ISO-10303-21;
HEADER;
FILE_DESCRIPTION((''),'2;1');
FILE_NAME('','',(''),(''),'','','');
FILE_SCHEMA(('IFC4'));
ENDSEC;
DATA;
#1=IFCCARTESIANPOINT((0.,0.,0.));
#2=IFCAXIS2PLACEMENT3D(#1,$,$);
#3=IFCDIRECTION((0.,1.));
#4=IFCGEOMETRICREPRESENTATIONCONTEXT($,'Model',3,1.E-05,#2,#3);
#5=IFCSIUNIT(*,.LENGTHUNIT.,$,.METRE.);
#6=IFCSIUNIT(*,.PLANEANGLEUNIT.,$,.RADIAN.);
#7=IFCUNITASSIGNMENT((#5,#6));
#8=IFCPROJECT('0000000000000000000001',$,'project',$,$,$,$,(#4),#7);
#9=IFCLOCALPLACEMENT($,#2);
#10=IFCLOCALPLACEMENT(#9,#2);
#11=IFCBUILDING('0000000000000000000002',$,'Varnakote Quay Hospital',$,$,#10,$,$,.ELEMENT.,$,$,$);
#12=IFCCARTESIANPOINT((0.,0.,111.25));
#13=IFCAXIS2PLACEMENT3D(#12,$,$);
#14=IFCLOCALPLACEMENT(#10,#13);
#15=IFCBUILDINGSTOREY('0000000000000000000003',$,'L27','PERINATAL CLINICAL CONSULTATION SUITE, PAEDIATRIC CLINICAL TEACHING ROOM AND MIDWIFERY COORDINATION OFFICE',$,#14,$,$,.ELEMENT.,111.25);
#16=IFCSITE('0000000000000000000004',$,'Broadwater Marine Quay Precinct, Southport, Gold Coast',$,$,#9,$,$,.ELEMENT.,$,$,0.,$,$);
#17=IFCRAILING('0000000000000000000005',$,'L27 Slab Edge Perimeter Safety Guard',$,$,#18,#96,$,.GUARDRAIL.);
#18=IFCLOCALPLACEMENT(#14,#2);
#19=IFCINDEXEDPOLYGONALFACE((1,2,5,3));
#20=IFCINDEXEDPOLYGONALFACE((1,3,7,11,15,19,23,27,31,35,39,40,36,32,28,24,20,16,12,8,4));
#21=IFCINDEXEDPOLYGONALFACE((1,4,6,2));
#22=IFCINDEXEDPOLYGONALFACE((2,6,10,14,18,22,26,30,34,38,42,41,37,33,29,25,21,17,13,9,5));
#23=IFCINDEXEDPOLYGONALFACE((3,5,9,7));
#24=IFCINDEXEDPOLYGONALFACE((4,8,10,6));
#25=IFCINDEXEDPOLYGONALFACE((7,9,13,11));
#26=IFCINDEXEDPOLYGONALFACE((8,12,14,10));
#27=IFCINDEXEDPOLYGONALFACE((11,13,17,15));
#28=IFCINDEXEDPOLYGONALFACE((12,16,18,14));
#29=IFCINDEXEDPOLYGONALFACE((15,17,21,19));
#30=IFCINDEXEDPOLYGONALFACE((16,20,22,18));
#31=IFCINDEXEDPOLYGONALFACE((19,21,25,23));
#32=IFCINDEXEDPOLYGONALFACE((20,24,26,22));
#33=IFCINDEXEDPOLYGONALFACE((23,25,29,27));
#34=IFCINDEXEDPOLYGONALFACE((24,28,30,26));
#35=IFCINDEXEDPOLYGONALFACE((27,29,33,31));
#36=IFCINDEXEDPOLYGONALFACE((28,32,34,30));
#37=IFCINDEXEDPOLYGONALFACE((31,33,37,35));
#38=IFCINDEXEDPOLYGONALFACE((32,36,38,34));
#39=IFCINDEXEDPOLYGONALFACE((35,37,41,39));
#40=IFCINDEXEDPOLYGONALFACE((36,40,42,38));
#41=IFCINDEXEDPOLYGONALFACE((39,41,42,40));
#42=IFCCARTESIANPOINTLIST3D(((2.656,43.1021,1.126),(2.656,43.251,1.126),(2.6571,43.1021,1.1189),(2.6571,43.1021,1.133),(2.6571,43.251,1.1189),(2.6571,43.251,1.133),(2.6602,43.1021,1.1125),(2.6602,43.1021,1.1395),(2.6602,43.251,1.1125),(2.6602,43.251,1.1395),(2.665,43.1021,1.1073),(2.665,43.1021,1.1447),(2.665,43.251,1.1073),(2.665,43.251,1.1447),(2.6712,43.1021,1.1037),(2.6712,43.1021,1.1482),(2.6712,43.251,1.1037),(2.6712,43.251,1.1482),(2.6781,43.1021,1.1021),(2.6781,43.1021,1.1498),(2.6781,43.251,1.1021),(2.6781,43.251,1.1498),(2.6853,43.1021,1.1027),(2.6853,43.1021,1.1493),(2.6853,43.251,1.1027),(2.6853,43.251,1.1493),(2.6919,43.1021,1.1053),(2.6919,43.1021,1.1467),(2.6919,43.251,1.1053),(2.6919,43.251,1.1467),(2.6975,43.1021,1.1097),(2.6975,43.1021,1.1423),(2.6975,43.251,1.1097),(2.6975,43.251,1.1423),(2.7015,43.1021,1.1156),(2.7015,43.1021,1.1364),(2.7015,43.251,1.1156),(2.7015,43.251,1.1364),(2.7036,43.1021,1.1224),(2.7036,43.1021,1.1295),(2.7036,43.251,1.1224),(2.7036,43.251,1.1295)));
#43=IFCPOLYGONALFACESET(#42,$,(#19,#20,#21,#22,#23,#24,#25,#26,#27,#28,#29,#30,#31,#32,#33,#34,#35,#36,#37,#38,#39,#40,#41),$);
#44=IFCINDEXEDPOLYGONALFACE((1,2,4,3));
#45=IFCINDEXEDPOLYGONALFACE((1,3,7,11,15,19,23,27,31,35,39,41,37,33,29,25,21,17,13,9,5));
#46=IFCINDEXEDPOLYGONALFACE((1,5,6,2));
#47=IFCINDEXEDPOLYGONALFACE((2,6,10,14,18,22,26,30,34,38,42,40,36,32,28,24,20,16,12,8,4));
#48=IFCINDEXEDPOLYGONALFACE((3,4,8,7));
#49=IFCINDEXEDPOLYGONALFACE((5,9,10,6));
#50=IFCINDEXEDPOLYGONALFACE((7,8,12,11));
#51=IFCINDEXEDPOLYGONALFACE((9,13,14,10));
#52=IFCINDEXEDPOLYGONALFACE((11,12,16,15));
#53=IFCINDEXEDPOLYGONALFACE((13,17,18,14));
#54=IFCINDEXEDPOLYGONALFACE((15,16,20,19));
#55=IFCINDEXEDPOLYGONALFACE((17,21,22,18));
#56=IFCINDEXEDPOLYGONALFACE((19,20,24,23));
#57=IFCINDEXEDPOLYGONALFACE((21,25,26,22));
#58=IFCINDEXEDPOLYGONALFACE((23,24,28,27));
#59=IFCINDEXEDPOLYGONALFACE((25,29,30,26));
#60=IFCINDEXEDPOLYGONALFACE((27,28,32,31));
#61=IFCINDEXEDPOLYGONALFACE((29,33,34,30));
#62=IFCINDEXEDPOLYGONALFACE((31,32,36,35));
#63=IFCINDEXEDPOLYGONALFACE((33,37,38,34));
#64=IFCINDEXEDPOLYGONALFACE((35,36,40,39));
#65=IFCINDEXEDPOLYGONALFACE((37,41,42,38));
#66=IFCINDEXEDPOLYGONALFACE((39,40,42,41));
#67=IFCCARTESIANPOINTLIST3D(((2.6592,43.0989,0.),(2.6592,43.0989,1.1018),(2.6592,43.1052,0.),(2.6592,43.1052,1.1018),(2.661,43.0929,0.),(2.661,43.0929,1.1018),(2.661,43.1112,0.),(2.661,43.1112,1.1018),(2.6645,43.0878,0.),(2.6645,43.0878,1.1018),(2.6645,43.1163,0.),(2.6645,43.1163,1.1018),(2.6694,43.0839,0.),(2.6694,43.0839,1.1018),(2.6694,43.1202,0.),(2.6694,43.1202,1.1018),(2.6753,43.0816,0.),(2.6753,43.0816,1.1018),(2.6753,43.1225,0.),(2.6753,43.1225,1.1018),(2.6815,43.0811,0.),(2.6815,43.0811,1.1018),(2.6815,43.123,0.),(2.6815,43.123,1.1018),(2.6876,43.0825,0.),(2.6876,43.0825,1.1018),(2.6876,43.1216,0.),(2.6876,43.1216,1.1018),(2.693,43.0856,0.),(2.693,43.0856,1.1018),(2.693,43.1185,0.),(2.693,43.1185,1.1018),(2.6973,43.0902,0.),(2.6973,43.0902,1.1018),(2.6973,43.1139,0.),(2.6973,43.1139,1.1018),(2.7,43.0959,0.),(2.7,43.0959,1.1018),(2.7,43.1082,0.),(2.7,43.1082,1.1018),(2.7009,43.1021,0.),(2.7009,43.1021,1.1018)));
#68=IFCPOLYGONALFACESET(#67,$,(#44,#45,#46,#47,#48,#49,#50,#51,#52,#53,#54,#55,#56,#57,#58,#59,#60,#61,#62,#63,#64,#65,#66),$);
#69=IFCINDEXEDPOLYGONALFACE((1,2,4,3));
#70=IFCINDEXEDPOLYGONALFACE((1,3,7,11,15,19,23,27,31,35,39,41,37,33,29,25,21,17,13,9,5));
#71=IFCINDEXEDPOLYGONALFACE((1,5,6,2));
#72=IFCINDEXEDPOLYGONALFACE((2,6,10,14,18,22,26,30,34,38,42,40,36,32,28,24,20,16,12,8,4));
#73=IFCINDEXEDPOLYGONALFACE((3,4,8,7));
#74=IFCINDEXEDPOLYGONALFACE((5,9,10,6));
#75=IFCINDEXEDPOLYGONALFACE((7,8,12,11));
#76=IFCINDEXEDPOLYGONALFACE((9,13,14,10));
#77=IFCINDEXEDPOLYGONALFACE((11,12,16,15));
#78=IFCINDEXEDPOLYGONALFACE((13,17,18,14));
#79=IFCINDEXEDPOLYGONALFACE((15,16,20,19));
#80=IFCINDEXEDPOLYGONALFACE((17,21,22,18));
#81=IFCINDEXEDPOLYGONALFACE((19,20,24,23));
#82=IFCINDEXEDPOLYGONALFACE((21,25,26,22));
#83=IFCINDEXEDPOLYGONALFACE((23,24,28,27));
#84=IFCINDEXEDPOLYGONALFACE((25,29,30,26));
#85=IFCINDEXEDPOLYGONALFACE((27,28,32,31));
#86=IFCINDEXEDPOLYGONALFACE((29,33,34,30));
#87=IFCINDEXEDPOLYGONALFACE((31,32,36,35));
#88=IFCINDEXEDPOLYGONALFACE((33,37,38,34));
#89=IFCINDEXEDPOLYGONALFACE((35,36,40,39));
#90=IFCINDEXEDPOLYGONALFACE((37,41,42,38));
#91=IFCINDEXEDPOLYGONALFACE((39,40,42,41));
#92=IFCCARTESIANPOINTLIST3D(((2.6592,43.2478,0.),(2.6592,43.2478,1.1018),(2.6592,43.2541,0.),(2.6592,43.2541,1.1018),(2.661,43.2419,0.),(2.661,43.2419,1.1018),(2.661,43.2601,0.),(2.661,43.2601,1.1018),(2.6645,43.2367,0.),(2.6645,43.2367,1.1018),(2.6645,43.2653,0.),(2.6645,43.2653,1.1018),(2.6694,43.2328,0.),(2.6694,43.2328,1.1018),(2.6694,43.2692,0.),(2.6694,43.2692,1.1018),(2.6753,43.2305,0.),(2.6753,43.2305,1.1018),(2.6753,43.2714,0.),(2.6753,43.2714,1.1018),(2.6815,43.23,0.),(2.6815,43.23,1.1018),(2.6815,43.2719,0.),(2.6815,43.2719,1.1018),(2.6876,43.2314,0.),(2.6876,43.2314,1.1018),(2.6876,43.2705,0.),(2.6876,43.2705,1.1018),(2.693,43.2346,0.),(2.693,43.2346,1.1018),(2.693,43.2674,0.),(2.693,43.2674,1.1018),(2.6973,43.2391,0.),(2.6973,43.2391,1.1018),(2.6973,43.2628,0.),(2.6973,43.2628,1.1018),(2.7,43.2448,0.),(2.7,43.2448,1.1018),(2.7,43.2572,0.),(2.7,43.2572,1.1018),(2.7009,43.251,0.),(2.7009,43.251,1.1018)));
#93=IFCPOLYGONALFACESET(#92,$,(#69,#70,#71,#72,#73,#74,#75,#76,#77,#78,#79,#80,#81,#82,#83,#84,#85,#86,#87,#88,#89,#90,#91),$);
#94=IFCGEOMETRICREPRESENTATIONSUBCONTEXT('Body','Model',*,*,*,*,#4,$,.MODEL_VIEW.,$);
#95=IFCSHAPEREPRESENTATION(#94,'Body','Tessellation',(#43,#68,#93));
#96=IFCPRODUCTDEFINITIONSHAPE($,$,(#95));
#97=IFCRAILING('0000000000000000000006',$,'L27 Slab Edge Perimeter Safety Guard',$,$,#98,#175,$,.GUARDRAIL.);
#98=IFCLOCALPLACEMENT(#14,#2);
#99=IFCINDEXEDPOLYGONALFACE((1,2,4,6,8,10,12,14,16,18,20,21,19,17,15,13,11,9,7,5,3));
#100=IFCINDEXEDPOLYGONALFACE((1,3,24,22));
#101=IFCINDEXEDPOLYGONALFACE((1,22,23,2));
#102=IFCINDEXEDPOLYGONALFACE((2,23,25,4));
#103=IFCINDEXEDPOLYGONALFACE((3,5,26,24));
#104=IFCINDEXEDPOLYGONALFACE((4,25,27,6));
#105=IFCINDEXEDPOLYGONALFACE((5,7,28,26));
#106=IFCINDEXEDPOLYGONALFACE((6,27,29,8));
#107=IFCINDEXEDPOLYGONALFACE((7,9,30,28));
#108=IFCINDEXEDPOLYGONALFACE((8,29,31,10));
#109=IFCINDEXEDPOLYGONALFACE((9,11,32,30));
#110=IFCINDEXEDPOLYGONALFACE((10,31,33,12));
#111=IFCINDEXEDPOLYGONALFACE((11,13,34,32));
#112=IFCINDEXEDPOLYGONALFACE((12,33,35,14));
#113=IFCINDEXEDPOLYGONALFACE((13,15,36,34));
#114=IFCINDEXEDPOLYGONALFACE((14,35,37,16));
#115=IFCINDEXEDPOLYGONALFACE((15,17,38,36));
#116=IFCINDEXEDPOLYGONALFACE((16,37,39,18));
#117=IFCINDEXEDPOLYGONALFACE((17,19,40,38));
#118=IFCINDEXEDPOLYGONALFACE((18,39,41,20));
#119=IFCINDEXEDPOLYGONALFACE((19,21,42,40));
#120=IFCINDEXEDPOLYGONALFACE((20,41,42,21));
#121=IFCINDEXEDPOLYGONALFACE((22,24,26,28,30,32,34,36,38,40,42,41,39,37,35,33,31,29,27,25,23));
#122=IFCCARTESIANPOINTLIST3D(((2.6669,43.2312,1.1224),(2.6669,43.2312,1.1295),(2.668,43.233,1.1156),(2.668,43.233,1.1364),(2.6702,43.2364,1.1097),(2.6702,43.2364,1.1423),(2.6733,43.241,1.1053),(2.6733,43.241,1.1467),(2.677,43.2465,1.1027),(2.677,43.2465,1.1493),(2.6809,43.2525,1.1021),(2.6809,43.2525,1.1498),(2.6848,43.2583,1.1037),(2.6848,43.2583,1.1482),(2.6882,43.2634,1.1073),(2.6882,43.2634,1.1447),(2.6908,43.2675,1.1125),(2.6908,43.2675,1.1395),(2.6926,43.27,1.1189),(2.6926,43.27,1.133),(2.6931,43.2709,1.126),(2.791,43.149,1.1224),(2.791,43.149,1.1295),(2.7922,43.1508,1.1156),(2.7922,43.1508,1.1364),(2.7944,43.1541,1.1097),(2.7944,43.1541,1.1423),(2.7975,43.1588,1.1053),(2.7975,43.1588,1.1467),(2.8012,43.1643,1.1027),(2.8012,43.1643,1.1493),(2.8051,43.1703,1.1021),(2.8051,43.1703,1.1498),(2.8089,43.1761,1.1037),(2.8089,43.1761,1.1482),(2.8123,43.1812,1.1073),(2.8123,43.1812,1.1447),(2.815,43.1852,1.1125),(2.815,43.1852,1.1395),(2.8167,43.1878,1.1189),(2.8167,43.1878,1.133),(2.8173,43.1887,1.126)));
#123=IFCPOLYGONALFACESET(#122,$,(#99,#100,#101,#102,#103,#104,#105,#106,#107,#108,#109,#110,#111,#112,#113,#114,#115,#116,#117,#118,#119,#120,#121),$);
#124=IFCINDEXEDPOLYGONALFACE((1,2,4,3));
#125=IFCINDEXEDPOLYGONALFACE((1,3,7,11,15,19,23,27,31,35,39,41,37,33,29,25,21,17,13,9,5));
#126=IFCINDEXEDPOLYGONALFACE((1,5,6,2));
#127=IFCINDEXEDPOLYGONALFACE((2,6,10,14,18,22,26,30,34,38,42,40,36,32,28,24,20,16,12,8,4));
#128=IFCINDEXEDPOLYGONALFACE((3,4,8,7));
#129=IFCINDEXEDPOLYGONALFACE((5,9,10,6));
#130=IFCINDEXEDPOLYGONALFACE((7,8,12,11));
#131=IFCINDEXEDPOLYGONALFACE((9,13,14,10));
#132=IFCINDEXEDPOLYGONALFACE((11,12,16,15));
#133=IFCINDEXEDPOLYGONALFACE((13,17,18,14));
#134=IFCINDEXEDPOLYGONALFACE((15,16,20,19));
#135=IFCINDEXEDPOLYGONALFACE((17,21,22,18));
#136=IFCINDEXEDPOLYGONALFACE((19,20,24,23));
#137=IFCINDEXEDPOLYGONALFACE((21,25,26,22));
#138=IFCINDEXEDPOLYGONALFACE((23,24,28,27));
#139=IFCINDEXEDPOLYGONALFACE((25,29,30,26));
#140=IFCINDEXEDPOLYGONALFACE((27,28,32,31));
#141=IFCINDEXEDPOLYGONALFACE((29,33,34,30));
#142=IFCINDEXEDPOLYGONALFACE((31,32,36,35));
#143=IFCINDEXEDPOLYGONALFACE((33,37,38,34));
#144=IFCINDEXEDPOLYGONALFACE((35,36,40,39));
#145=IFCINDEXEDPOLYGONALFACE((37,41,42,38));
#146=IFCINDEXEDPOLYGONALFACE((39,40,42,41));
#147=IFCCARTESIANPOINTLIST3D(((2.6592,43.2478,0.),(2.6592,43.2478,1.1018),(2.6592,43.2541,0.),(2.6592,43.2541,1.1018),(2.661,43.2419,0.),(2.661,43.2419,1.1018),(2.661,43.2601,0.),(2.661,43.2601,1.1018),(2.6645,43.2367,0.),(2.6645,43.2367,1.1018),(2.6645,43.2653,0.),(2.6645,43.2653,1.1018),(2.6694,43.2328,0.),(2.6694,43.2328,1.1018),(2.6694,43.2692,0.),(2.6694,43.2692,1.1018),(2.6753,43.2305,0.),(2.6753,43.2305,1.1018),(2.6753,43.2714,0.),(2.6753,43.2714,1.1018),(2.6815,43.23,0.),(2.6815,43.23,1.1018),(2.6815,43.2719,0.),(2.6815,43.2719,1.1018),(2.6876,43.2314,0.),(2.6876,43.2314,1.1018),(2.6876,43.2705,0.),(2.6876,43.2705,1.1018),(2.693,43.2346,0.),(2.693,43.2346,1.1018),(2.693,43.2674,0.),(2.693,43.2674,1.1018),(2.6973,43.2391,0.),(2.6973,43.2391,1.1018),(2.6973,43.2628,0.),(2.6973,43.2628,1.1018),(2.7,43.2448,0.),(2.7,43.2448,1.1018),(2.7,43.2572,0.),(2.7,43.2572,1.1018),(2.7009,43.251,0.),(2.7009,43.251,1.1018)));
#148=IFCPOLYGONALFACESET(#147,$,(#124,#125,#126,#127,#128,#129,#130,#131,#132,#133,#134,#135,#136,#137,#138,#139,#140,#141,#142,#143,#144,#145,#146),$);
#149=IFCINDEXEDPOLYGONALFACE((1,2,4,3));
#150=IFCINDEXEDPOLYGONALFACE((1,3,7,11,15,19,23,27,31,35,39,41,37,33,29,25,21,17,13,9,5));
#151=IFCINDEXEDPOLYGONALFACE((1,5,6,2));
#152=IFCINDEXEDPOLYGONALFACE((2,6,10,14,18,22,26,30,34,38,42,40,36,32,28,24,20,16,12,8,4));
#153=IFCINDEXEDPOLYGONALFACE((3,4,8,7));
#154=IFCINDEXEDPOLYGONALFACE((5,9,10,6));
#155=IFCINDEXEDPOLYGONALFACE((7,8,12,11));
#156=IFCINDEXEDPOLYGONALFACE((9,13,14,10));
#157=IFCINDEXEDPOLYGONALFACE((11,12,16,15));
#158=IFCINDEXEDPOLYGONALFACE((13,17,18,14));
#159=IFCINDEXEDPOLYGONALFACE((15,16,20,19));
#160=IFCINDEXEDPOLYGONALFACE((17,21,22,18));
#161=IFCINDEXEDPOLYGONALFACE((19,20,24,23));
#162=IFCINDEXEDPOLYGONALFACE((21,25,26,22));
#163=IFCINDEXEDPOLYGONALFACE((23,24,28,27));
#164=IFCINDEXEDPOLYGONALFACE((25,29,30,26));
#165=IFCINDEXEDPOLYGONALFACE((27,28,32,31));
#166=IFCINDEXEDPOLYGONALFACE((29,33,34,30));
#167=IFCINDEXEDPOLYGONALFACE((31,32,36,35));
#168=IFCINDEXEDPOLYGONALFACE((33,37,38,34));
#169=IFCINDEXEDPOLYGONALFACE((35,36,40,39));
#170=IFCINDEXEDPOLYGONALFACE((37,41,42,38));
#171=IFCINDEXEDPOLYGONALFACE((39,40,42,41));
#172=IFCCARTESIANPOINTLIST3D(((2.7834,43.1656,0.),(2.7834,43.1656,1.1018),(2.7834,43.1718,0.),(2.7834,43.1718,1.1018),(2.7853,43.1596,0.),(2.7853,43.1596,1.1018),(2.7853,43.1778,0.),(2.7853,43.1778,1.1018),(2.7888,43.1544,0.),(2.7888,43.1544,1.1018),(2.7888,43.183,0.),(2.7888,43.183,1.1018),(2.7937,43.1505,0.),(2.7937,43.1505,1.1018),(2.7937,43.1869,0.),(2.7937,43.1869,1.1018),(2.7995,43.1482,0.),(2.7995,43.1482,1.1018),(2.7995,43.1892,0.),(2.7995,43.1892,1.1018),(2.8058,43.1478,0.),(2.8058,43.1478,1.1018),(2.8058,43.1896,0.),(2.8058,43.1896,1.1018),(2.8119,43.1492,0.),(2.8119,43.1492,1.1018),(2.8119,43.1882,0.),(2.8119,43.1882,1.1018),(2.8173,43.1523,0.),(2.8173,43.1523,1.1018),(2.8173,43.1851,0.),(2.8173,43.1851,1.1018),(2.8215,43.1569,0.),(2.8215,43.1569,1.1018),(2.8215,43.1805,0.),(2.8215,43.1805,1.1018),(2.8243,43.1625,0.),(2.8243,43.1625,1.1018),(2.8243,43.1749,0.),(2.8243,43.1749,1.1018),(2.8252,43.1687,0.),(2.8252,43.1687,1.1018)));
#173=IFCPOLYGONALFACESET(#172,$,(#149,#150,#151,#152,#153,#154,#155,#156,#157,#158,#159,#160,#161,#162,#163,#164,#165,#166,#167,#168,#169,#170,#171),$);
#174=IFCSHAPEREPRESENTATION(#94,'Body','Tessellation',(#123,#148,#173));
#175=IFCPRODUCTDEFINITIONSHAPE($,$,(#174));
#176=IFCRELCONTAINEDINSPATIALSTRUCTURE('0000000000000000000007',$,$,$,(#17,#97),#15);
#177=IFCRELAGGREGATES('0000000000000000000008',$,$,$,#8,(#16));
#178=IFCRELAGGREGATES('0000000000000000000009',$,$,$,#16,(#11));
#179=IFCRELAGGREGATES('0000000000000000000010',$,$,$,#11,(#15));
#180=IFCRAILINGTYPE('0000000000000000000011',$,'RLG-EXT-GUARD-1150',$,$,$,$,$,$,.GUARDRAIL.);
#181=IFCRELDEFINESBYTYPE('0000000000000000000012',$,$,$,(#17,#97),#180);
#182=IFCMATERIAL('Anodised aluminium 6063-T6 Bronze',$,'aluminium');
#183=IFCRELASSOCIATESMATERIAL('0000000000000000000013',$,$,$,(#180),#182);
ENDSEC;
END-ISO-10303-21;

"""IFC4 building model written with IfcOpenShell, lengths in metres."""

from ifc_helpers import new_model, si_unit, direction, frame, origin, origin_2d, place, context, subcontext, project, spatial, circle, extrude, material, type_object, element, save


model = new_model("IFC4")

# Units and contexts
model_context = context("Model", 3, precision=1e-05, world=origin(), true_north=direction((0.0, 1.0)))
body_context = subcontext(model_context, "Body", "Model", "MODEL_VIEW")
ifc_project = project(units=[si_unit("LENGTHUNIT", "METRE"), si_unit("PLANEANGLEUNIT", "RADIAN")], contexts=[model_context])

# Site, building, storey
site_placement = place(None, origin())
site = spatial("IfcSite", under=ifc_project, at=site_placement, Name="Broadwater Marine Quay Precinct, Southport, Gold Coast", CompositionType="ELEMENT", RefElevation=0.0)
building_placement = place(site_placement, origin())
building = spatial("IfcBuilding", under=site, at=building_placement, Name="Varnakote Quay Hospital", CompositionType="ELEMENT")
storey_placement = place(building_placement, frame((0.0, 0.0, 111.25)))
storey = spatial("IfcBuildingStorey", under=building, at=storey_placement, Name="L27", Description="PERINATAL CLINICAL CONSULTATION SUITE, PAEDIATRIC CLINICAL TEACHING ROOM AND MIDWIFERY COORDINATION OFFICE", CompositionType="ELEMENT", Elevation=111.25)

# Railings
ifc_material_1 = material(Name="Anodised aluminium 6063-T6 Bronze", Category="aluminium")
railing_type = type_object("IfcRailingType", Name="RLG-EXT-GUARD-1150", PredefinedType="GUARDRAIL", material=ifc_material_1)
railing_1_placement = place(storey_placement, frame((2.6799, 43.1021, 0.0)))
element("IfcRailing", 1, at=railing_1_placement, inside=storey, type_object=railing_type, Name="L27 Slab Edge Perimeter Safety Guard", PredefinedType="GUARDRAIL", context=body_context, shape_type="SweptSolid", body=[
    extrude(circle(Radius=0.0239, at=origin_2d()), frame((0.0, 0.0, 1.126), z_axis=(0.0, 1.0, 0.0), x_axis=(-1.0, 0.0, 0.0)), (0.0, 0.0, 1.0), 0.1489),
    extrude(circle(Radius=0.021, at=origin_2d()), origin(), (0.0, 0.0, 1.0), 1.1018),
    extrude(circle(Radius=0.021, at=origin_2d()), frame((0.0, 0.1489, 0.0)), (0.0, 0.0, 1.0), 1.1018),
])
railing_2_placement = place(storey_placement, frame((2.6799, 43.251, 0.0)))
element("IfcRailing", 2, at=railing_2_placement, inside=storey, type_object=railing_type, Name="L27 Slab Edge Perimeter Safety Guard", PredefinedType="GUARDRAIL", context=body_context, shape_type="SweptSolid", body=[
    extrude(circle(Radius=0.0239, at=origin_2d()), frame((0.0, 0.0, 1.126), z_axis=(0.83381, -0.552051, 0.0), x_axis=(0.552051, 0.83381, 0.0)), (0.0, 0.0, 1.0), 0.1489),
    extrude(circle(Radius=0.021, at=origin_2d()), origin(), (0.0, 0.0, 1.0), 1.1018),
    extrude(circle(Radius=0.021, at=origin_2d()), frame((0.1243, -0.0823, 0.0)), (0.0, 0.0, 1.0), 1.1018),
])

save(model, "model.ifc")
